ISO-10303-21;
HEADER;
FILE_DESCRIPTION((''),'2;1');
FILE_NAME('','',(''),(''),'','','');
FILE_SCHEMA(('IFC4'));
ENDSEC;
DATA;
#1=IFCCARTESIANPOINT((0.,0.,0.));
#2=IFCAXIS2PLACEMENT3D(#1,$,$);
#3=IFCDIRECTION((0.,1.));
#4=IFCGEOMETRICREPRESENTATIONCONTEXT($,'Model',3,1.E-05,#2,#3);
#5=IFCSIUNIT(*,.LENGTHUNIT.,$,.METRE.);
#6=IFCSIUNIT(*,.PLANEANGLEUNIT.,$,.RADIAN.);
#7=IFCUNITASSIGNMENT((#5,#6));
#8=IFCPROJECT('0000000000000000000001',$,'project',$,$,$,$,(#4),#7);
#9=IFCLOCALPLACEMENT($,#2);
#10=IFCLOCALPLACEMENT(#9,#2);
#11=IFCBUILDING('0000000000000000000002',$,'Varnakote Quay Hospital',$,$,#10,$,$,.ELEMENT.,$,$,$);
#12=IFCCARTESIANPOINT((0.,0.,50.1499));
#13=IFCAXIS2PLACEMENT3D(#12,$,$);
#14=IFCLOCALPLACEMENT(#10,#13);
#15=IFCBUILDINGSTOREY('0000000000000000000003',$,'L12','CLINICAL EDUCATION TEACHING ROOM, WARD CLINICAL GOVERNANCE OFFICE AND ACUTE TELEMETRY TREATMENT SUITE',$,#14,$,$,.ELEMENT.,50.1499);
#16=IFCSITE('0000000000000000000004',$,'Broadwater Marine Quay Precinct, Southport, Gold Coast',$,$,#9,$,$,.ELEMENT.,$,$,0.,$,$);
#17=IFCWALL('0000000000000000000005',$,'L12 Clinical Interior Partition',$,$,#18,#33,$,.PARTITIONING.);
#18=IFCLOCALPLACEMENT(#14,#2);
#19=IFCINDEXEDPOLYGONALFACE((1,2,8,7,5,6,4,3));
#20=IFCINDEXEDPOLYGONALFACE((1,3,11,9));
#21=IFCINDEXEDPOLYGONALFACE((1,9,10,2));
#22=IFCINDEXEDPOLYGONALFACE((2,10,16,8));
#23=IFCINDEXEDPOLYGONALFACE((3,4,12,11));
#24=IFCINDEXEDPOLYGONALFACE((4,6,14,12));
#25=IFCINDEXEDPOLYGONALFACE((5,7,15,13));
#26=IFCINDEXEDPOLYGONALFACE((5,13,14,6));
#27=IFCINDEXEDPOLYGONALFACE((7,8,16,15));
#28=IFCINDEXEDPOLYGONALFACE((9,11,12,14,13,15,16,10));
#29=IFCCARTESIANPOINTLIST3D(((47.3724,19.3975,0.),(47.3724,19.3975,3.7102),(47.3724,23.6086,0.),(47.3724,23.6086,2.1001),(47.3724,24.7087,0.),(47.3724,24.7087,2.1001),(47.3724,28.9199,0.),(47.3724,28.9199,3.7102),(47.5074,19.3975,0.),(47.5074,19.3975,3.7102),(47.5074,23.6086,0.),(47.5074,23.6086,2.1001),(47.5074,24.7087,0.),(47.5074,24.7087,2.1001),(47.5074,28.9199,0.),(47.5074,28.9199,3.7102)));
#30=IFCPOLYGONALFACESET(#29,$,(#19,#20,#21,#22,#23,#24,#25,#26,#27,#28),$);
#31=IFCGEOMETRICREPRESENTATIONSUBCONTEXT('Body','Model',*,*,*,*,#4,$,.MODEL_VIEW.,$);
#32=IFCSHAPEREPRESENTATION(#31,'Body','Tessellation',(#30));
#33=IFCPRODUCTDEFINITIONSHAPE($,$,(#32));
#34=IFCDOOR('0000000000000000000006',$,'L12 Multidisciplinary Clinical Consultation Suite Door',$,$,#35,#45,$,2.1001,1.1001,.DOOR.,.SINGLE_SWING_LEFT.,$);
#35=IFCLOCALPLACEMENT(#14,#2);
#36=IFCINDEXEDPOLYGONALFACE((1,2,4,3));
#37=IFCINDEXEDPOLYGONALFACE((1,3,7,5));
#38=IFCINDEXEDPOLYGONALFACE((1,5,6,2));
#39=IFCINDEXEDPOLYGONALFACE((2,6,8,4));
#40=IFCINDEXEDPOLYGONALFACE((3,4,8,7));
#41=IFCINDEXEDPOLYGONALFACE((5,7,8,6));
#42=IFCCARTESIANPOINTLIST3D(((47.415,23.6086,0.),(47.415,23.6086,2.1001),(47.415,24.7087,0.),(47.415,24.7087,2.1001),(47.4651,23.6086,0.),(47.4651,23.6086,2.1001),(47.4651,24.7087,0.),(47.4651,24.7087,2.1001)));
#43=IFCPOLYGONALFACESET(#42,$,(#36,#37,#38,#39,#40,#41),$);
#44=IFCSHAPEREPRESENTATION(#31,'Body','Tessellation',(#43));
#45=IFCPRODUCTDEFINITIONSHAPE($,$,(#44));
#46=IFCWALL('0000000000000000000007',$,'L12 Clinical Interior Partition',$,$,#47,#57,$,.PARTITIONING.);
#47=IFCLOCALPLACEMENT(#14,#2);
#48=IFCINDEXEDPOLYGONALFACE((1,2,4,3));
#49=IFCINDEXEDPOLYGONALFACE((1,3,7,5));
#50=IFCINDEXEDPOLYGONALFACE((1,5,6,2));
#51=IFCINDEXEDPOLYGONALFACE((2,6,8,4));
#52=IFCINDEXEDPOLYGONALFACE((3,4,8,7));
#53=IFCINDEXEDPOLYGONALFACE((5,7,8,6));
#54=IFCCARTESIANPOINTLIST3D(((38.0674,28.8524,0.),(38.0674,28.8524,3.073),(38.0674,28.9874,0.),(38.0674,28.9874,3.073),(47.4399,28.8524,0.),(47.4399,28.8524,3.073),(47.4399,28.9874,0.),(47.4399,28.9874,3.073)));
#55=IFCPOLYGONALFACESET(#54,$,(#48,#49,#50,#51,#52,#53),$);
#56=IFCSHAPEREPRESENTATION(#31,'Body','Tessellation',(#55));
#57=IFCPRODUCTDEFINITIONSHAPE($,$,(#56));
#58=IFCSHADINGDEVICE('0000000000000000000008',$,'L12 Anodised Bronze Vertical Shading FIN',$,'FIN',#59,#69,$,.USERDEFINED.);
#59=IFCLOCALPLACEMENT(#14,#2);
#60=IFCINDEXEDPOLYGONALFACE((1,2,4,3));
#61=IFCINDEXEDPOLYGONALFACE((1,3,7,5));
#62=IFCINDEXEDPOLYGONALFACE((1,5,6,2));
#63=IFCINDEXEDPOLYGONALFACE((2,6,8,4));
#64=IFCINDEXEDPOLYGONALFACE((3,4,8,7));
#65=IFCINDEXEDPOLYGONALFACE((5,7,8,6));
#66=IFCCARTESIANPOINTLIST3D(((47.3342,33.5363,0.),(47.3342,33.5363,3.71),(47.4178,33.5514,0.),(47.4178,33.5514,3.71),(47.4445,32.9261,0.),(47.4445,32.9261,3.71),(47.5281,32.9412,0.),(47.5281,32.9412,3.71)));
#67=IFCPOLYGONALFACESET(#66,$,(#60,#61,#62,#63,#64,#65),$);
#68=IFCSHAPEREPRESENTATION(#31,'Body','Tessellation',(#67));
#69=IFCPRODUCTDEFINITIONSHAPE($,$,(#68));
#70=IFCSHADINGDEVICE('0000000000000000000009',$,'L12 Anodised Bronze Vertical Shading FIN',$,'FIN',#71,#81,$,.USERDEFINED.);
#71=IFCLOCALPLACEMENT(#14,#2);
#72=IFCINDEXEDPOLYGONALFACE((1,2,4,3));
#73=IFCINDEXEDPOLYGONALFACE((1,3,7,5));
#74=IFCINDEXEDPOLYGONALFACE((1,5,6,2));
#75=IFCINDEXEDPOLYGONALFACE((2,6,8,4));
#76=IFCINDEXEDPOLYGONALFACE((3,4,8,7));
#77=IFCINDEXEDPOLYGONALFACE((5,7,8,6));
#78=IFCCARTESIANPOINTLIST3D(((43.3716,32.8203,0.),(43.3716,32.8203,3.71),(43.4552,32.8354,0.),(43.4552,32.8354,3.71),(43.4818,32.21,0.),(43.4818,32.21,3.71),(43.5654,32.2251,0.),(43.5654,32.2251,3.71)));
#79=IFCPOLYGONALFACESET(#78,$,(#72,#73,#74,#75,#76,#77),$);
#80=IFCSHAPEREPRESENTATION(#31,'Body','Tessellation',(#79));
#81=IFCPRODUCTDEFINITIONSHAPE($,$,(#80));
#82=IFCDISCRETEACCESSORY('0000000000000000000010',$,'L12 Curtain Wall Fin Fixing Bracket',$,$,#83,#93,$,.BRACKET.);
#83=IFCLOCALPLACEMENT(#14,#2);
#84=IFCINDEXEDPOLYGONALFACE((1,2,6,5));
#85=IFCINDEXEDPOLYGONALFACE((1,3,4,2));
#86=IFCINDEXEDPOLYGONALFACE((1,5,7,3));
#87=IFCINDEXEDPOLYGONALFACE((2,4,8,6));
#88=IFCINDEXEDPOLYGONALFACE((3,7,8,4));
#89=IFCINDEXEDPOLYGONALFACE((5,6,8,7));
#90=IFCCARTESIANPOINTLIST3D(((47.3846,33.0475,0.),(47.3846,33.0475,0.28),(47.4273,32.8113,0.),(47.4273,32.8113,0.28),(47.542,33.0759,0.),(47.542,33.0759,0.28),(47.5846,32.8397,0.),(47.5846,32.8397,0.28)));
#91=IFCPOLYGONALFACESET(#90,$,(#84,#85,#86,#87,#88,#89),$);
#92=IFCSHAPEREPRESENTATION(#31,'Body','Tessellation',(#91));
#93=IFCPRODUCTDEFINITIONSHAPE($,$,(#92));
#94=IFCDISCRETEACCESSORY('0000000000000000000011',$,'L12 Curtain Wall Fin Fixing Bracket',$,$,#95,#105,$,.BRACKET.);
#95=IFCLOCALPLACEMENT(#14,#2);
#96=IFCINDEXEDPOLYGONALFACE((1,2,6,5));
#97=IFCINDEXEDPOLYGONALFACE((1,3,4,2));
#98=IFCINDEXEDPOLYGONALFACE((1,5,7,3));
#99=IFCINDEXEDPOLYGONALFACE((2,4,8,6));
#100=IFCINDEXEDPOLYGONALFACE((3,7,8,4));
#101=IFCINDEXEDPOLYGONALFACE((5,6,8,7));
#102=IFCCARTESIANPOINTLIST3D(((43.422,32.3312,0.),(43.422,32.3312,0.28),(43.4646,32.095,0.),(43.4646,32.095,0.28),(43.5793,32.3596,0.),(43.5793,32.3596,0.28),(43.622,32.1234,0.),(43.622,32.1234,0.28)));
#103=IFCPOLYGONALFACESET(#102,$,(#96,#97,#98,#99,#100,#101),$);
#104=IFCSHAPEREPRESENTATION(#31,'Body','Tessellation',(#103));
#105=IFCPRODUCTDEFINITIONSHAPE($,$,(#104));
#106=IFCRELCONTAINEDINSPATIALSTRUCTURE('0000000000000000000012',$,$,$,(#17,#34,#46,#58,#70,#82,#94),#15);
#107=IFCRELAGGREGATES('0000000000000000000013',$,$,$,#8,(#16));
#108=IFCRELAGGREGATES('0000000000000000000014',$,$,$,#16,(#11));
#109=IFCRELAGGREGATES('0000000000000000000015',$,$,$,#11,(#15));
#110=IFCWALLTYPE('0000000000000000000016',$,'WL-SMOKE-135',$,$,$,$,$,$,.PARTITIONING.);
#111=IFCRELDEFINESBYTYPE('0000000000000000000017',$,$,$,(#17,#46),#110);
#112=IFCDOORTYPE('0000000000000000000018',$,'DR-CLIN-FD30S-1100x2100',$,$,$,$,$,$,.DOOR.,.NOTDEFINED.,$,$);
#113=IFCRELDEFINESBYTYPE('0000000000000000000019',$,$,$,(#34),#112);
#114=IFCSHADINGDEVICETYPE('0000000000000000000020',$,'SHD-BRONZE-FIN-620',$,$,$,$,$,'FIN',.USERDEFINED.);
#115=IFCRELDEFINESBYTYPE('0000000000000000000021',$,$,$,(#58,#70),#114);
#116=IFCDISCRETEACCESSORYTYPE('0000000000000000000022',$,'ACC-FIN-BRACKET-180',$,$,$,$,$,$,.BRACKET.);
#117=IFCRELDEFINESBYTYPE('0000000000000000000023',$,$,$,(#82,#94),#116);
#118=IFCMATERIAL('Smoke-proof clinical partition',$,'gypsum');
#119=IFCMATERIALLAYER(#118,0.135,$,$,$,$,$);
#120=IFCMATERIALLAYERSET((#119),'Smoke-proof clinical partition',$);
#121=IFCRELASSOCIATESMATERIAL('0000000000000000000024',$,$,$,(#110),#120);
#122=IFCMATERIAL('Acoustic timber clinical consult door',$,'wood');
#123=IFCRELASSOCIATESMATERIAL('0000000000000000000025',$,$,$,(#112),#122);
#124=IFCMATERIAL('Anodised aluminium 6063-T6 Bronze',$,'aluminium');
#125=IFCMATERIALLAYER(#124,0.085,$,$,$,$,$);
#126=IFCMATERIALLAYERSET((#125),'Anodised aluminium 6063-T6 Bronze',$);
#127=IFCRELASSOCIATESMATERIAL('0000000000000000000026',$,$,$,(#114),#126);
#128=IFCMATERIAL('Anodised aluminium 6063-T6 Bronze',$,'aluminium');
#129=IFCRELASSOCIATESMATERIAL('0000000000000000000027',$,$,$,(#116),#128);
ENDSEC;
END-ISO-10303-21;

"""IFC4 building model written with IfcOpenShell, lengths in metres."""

from ifc_helpers import new_model, si_unit, direction, frame, frame_2d, origin, origin_2d, place, context, subcontext, project, spatial, rectangle, extrude, material, layer, layer_set, type_object, element, fill, save


model = new_model("IFC4")

# Units and contexts
model_context = context("Model", 3, precision=1e-05, world=origin(), true_north=direction((0.0, 1.0)))
body_context = subcontext(model_context, "Body", "Model", "MODEL_VIEW")
ifc_project = project(units=[si_unit("LENGTHUNIT", "METRE"), si_unit("PLANEANGLEUNIT", "RADIAN")], contexts=[model_context])

# Site, building, storey
site_placement = place(None, origin())
site = spatial("IfcSite", under=ifc_project, at=site_placement, Name="Broadwater Marine Quay Precinct, Southport, Gold Coast", CompositionType="ELEMENT", RefElevation=0.0)
building_placement = place(site_placement, origin())
building = spatial("IfcBuilding", under=site, at=building_placement, Name="Varnakote Quay Hospital", CompositionType="ELEMENT")
storey_placement = place(building_placement, frame((0.0, 0.0, 50.1499)))
storey = spatial("IfcBuildingStorey", under=building, at=storey_placement, Name="L12", Description="CLINICAL EDUCATION TEACHING ROOM, WARD CLINICAL GOVERNANCE OFFICE AND ACUTE TELEMETRY TREATMENT SUITE", CompositionType="ELEMENT", Elevation=50.1499)

# Wall, opening, door
ifc_material_1 = material(Name="Smoke-proof clinical partition", Category="gypsum")
ifc_layer_1 = layer(ifc_material_1, 0.135)
ifc_layer_set_1 = layer_set([ifc_layer_1], Name="Smoke-proof clinical partition")
wall_type = type_object("IfcWallType", Name="WL-SMOKE-135", PredefinedType="PARTITIONING", material=ifc_layer_set_1)
wall_1_placement = place(storey_placement, frame((47.4399, 19.3975, 0.0), z_axis=(0.0, 0.0, 1.0), x_axis=(0.0, 1.0, 0.0)))
wall_1 = element("IfcWall", 1, at=wall_1_placement, inside=storey, type_object=wall_type, Name="L12 Clinical Interior Partition", PredefinedType="PARTITIONING", context=body_context, shape_type="SweptSolid", body=[
    extrude(rectangle(XDim=9.5225, YDim=0.135, at=frame_2d((4.7612, 0.0))), origin(), (0.0, 0.0, 1.0), 3.7102),
])
opening_placement = place(wall_1_placement, frame((4.2112, 0.0, 0.0)))
opening = element("IfcOpeningElement", 2, at=opening_placement, cuts=wall_1, PredefinedType="OPENING", context=body_context, shape_type="SweptSolid", body=[
    extrude(rectangle(XDim=1.1001, YDim=2.1001, at=frame_2d((0.55, 1.05))), frame((0.0, 0.0774, 0.0), z_axis=(0.0, -1.0, 0.0), x_axis=(1.0, 0.0, 0.0)), (0.0, 0.0, 1.0), 0.155),
])
ifc_material_2 = material(Name="Acoustic timber clinical consult door", Category="wood")
door_type = type_object("IfcDoorType", Name="DR-CLIN-FD30S-1100x2100", OperationType="NOTDEFINED", PredefinedType="DOOR", material=ifc_material_2)
door_placement = place(opening_placement, origin())
door = element("IfcDoor", 3, at=door_placement, inside=storey, type_object=door_type, Name="L12 Multidisciplinary Clinical Consultation Suite Door", OperationType="SINGLE_SWING_LEFT", OverallHeight=2.1001, OverallWidth=1.1001, PredefinedType="DOOR", context=body_context, shape_type="SweptSolid", body=[
    extrude(rectangle(XDim=1.1001, YDim=2.1001, at=frame_2d((0.55, 1.05))), frame((0.0, 0.0249, 0.0), z_axis=(0.0, -1.0, 0.0), x_axis=(1.0, 0.0, 0.0)), (0.0, 0.0, 1.0), 0.05),
])
fill(opening, door)

# Wall
wall_2_placement = place(storey_placement, frame((47.4399, 28.9199, 0.0), z_axis=(0.0, 0.0, 1.0), x_axis=(-1.0, 0.0, 0.0)))
element("IfcWall", 4, at=wall_2_placement, inside=storey, type_object=wall_type, Name="L12 Clinical Interior Partition", PredefinedType="PARTITIONING", context=body_context, shape_type="SweptSolid", body=[
    extrude(rectangle(XDim=9.3726, YDim=0.135, at=frame_2d((4.6863, 0.0))), origin(), (0.0, 0.0, 1.0), 3.073),
])

# Shading devices
ifc_material_3 = material(Name="Anodised aluminium 6063-T6 Bronze", Category="aluminium")
ifc_layer_2 = layer(ifc_material_3, 0.085)
ifc_layer_set_2 = layer_set([ifc_layer_2], Name="Anodised aluminium 6063-T6 Bronze")
shading_device_type = type_object("IfcShadingDeviceType", Name="SHD-BRONZE-FIN-620", ElementType="FIN", PredefinedType="USERDEFINED", material=ifc_layer_set_2)
for number, where, z_axis, x_axis, name in (
    (5, (47.4312, 33.2388, 0.0), (0.0, 0.0, 1.0), (0.177772, -0.984072, 0.0), "L12 Anodised Bronze Vertical Shading FIN"),
    (6, (43.4685, 32.5227, 0.0), (0.0, 0.0, 1.0), (0.177772, -0.984072, 0.0), "L12 Anodised Bronze Vertical Shading FIN"),
):
    element("IfcShadingDevice", number, at=place(storey_placement, frame(where, z_axis=z_axis, x_axis=x_axis)), inside=storey, type_object=shading_device_type, Name=name, ObjectType="FIN", PredefinedType="USERDEFINED", context=body_context, shape_type="SweptSolid", body=[
        extrude(rectangle(XDim=0.6201, YDim=0.085, at=origin_2d()), origin(), (0.0, 0.0, 1.0), 3.71),
    ])

# Discrete accessories
ifc_material_4 = material(Name="Anodised aluminium 6063-T6 Bronze", Category="aluminium")
discrete_accessory_type = type_object("IfcDiscreteAccessoryType", Name="ACC-FIN-BRACKET-180", PredefinedType="BRACKET", material=ifc_material_4)
for number, where, z_axis, x_axis, name in (
    (7, (47.4846, 32.9436, 0.0), (0.0, 0.0, 1.0), (-0.984072, -0.177772, 0.0), "L12 Curtain Wall Fin Fixing Bracket"),
    (8, (43.522, 32.2273, 0.0), (0.0, 0.0, 1.0), (-0.984072, -0.177772, 0.0), "L12 Curtain Wall Fin Fixing Bracket"),
):
    element("IfcDiscreteAccessory", number, at=place(storey_placement, frame(where, z_axis=z_axis, x_axis=x_axis)), inside=storey, type_object=discrete_accessory_type, Name=name, PredefinedType="BRACKET", context=body_context, shape_type="SweptSolid", body=[
        extrude(rectangle(XDim=0.1599, YDim=0.24, at=origin_2d()), origin(), (0.0, 0.0, 1.0), 0.28),
    ])

save(model, "model.ifc")
